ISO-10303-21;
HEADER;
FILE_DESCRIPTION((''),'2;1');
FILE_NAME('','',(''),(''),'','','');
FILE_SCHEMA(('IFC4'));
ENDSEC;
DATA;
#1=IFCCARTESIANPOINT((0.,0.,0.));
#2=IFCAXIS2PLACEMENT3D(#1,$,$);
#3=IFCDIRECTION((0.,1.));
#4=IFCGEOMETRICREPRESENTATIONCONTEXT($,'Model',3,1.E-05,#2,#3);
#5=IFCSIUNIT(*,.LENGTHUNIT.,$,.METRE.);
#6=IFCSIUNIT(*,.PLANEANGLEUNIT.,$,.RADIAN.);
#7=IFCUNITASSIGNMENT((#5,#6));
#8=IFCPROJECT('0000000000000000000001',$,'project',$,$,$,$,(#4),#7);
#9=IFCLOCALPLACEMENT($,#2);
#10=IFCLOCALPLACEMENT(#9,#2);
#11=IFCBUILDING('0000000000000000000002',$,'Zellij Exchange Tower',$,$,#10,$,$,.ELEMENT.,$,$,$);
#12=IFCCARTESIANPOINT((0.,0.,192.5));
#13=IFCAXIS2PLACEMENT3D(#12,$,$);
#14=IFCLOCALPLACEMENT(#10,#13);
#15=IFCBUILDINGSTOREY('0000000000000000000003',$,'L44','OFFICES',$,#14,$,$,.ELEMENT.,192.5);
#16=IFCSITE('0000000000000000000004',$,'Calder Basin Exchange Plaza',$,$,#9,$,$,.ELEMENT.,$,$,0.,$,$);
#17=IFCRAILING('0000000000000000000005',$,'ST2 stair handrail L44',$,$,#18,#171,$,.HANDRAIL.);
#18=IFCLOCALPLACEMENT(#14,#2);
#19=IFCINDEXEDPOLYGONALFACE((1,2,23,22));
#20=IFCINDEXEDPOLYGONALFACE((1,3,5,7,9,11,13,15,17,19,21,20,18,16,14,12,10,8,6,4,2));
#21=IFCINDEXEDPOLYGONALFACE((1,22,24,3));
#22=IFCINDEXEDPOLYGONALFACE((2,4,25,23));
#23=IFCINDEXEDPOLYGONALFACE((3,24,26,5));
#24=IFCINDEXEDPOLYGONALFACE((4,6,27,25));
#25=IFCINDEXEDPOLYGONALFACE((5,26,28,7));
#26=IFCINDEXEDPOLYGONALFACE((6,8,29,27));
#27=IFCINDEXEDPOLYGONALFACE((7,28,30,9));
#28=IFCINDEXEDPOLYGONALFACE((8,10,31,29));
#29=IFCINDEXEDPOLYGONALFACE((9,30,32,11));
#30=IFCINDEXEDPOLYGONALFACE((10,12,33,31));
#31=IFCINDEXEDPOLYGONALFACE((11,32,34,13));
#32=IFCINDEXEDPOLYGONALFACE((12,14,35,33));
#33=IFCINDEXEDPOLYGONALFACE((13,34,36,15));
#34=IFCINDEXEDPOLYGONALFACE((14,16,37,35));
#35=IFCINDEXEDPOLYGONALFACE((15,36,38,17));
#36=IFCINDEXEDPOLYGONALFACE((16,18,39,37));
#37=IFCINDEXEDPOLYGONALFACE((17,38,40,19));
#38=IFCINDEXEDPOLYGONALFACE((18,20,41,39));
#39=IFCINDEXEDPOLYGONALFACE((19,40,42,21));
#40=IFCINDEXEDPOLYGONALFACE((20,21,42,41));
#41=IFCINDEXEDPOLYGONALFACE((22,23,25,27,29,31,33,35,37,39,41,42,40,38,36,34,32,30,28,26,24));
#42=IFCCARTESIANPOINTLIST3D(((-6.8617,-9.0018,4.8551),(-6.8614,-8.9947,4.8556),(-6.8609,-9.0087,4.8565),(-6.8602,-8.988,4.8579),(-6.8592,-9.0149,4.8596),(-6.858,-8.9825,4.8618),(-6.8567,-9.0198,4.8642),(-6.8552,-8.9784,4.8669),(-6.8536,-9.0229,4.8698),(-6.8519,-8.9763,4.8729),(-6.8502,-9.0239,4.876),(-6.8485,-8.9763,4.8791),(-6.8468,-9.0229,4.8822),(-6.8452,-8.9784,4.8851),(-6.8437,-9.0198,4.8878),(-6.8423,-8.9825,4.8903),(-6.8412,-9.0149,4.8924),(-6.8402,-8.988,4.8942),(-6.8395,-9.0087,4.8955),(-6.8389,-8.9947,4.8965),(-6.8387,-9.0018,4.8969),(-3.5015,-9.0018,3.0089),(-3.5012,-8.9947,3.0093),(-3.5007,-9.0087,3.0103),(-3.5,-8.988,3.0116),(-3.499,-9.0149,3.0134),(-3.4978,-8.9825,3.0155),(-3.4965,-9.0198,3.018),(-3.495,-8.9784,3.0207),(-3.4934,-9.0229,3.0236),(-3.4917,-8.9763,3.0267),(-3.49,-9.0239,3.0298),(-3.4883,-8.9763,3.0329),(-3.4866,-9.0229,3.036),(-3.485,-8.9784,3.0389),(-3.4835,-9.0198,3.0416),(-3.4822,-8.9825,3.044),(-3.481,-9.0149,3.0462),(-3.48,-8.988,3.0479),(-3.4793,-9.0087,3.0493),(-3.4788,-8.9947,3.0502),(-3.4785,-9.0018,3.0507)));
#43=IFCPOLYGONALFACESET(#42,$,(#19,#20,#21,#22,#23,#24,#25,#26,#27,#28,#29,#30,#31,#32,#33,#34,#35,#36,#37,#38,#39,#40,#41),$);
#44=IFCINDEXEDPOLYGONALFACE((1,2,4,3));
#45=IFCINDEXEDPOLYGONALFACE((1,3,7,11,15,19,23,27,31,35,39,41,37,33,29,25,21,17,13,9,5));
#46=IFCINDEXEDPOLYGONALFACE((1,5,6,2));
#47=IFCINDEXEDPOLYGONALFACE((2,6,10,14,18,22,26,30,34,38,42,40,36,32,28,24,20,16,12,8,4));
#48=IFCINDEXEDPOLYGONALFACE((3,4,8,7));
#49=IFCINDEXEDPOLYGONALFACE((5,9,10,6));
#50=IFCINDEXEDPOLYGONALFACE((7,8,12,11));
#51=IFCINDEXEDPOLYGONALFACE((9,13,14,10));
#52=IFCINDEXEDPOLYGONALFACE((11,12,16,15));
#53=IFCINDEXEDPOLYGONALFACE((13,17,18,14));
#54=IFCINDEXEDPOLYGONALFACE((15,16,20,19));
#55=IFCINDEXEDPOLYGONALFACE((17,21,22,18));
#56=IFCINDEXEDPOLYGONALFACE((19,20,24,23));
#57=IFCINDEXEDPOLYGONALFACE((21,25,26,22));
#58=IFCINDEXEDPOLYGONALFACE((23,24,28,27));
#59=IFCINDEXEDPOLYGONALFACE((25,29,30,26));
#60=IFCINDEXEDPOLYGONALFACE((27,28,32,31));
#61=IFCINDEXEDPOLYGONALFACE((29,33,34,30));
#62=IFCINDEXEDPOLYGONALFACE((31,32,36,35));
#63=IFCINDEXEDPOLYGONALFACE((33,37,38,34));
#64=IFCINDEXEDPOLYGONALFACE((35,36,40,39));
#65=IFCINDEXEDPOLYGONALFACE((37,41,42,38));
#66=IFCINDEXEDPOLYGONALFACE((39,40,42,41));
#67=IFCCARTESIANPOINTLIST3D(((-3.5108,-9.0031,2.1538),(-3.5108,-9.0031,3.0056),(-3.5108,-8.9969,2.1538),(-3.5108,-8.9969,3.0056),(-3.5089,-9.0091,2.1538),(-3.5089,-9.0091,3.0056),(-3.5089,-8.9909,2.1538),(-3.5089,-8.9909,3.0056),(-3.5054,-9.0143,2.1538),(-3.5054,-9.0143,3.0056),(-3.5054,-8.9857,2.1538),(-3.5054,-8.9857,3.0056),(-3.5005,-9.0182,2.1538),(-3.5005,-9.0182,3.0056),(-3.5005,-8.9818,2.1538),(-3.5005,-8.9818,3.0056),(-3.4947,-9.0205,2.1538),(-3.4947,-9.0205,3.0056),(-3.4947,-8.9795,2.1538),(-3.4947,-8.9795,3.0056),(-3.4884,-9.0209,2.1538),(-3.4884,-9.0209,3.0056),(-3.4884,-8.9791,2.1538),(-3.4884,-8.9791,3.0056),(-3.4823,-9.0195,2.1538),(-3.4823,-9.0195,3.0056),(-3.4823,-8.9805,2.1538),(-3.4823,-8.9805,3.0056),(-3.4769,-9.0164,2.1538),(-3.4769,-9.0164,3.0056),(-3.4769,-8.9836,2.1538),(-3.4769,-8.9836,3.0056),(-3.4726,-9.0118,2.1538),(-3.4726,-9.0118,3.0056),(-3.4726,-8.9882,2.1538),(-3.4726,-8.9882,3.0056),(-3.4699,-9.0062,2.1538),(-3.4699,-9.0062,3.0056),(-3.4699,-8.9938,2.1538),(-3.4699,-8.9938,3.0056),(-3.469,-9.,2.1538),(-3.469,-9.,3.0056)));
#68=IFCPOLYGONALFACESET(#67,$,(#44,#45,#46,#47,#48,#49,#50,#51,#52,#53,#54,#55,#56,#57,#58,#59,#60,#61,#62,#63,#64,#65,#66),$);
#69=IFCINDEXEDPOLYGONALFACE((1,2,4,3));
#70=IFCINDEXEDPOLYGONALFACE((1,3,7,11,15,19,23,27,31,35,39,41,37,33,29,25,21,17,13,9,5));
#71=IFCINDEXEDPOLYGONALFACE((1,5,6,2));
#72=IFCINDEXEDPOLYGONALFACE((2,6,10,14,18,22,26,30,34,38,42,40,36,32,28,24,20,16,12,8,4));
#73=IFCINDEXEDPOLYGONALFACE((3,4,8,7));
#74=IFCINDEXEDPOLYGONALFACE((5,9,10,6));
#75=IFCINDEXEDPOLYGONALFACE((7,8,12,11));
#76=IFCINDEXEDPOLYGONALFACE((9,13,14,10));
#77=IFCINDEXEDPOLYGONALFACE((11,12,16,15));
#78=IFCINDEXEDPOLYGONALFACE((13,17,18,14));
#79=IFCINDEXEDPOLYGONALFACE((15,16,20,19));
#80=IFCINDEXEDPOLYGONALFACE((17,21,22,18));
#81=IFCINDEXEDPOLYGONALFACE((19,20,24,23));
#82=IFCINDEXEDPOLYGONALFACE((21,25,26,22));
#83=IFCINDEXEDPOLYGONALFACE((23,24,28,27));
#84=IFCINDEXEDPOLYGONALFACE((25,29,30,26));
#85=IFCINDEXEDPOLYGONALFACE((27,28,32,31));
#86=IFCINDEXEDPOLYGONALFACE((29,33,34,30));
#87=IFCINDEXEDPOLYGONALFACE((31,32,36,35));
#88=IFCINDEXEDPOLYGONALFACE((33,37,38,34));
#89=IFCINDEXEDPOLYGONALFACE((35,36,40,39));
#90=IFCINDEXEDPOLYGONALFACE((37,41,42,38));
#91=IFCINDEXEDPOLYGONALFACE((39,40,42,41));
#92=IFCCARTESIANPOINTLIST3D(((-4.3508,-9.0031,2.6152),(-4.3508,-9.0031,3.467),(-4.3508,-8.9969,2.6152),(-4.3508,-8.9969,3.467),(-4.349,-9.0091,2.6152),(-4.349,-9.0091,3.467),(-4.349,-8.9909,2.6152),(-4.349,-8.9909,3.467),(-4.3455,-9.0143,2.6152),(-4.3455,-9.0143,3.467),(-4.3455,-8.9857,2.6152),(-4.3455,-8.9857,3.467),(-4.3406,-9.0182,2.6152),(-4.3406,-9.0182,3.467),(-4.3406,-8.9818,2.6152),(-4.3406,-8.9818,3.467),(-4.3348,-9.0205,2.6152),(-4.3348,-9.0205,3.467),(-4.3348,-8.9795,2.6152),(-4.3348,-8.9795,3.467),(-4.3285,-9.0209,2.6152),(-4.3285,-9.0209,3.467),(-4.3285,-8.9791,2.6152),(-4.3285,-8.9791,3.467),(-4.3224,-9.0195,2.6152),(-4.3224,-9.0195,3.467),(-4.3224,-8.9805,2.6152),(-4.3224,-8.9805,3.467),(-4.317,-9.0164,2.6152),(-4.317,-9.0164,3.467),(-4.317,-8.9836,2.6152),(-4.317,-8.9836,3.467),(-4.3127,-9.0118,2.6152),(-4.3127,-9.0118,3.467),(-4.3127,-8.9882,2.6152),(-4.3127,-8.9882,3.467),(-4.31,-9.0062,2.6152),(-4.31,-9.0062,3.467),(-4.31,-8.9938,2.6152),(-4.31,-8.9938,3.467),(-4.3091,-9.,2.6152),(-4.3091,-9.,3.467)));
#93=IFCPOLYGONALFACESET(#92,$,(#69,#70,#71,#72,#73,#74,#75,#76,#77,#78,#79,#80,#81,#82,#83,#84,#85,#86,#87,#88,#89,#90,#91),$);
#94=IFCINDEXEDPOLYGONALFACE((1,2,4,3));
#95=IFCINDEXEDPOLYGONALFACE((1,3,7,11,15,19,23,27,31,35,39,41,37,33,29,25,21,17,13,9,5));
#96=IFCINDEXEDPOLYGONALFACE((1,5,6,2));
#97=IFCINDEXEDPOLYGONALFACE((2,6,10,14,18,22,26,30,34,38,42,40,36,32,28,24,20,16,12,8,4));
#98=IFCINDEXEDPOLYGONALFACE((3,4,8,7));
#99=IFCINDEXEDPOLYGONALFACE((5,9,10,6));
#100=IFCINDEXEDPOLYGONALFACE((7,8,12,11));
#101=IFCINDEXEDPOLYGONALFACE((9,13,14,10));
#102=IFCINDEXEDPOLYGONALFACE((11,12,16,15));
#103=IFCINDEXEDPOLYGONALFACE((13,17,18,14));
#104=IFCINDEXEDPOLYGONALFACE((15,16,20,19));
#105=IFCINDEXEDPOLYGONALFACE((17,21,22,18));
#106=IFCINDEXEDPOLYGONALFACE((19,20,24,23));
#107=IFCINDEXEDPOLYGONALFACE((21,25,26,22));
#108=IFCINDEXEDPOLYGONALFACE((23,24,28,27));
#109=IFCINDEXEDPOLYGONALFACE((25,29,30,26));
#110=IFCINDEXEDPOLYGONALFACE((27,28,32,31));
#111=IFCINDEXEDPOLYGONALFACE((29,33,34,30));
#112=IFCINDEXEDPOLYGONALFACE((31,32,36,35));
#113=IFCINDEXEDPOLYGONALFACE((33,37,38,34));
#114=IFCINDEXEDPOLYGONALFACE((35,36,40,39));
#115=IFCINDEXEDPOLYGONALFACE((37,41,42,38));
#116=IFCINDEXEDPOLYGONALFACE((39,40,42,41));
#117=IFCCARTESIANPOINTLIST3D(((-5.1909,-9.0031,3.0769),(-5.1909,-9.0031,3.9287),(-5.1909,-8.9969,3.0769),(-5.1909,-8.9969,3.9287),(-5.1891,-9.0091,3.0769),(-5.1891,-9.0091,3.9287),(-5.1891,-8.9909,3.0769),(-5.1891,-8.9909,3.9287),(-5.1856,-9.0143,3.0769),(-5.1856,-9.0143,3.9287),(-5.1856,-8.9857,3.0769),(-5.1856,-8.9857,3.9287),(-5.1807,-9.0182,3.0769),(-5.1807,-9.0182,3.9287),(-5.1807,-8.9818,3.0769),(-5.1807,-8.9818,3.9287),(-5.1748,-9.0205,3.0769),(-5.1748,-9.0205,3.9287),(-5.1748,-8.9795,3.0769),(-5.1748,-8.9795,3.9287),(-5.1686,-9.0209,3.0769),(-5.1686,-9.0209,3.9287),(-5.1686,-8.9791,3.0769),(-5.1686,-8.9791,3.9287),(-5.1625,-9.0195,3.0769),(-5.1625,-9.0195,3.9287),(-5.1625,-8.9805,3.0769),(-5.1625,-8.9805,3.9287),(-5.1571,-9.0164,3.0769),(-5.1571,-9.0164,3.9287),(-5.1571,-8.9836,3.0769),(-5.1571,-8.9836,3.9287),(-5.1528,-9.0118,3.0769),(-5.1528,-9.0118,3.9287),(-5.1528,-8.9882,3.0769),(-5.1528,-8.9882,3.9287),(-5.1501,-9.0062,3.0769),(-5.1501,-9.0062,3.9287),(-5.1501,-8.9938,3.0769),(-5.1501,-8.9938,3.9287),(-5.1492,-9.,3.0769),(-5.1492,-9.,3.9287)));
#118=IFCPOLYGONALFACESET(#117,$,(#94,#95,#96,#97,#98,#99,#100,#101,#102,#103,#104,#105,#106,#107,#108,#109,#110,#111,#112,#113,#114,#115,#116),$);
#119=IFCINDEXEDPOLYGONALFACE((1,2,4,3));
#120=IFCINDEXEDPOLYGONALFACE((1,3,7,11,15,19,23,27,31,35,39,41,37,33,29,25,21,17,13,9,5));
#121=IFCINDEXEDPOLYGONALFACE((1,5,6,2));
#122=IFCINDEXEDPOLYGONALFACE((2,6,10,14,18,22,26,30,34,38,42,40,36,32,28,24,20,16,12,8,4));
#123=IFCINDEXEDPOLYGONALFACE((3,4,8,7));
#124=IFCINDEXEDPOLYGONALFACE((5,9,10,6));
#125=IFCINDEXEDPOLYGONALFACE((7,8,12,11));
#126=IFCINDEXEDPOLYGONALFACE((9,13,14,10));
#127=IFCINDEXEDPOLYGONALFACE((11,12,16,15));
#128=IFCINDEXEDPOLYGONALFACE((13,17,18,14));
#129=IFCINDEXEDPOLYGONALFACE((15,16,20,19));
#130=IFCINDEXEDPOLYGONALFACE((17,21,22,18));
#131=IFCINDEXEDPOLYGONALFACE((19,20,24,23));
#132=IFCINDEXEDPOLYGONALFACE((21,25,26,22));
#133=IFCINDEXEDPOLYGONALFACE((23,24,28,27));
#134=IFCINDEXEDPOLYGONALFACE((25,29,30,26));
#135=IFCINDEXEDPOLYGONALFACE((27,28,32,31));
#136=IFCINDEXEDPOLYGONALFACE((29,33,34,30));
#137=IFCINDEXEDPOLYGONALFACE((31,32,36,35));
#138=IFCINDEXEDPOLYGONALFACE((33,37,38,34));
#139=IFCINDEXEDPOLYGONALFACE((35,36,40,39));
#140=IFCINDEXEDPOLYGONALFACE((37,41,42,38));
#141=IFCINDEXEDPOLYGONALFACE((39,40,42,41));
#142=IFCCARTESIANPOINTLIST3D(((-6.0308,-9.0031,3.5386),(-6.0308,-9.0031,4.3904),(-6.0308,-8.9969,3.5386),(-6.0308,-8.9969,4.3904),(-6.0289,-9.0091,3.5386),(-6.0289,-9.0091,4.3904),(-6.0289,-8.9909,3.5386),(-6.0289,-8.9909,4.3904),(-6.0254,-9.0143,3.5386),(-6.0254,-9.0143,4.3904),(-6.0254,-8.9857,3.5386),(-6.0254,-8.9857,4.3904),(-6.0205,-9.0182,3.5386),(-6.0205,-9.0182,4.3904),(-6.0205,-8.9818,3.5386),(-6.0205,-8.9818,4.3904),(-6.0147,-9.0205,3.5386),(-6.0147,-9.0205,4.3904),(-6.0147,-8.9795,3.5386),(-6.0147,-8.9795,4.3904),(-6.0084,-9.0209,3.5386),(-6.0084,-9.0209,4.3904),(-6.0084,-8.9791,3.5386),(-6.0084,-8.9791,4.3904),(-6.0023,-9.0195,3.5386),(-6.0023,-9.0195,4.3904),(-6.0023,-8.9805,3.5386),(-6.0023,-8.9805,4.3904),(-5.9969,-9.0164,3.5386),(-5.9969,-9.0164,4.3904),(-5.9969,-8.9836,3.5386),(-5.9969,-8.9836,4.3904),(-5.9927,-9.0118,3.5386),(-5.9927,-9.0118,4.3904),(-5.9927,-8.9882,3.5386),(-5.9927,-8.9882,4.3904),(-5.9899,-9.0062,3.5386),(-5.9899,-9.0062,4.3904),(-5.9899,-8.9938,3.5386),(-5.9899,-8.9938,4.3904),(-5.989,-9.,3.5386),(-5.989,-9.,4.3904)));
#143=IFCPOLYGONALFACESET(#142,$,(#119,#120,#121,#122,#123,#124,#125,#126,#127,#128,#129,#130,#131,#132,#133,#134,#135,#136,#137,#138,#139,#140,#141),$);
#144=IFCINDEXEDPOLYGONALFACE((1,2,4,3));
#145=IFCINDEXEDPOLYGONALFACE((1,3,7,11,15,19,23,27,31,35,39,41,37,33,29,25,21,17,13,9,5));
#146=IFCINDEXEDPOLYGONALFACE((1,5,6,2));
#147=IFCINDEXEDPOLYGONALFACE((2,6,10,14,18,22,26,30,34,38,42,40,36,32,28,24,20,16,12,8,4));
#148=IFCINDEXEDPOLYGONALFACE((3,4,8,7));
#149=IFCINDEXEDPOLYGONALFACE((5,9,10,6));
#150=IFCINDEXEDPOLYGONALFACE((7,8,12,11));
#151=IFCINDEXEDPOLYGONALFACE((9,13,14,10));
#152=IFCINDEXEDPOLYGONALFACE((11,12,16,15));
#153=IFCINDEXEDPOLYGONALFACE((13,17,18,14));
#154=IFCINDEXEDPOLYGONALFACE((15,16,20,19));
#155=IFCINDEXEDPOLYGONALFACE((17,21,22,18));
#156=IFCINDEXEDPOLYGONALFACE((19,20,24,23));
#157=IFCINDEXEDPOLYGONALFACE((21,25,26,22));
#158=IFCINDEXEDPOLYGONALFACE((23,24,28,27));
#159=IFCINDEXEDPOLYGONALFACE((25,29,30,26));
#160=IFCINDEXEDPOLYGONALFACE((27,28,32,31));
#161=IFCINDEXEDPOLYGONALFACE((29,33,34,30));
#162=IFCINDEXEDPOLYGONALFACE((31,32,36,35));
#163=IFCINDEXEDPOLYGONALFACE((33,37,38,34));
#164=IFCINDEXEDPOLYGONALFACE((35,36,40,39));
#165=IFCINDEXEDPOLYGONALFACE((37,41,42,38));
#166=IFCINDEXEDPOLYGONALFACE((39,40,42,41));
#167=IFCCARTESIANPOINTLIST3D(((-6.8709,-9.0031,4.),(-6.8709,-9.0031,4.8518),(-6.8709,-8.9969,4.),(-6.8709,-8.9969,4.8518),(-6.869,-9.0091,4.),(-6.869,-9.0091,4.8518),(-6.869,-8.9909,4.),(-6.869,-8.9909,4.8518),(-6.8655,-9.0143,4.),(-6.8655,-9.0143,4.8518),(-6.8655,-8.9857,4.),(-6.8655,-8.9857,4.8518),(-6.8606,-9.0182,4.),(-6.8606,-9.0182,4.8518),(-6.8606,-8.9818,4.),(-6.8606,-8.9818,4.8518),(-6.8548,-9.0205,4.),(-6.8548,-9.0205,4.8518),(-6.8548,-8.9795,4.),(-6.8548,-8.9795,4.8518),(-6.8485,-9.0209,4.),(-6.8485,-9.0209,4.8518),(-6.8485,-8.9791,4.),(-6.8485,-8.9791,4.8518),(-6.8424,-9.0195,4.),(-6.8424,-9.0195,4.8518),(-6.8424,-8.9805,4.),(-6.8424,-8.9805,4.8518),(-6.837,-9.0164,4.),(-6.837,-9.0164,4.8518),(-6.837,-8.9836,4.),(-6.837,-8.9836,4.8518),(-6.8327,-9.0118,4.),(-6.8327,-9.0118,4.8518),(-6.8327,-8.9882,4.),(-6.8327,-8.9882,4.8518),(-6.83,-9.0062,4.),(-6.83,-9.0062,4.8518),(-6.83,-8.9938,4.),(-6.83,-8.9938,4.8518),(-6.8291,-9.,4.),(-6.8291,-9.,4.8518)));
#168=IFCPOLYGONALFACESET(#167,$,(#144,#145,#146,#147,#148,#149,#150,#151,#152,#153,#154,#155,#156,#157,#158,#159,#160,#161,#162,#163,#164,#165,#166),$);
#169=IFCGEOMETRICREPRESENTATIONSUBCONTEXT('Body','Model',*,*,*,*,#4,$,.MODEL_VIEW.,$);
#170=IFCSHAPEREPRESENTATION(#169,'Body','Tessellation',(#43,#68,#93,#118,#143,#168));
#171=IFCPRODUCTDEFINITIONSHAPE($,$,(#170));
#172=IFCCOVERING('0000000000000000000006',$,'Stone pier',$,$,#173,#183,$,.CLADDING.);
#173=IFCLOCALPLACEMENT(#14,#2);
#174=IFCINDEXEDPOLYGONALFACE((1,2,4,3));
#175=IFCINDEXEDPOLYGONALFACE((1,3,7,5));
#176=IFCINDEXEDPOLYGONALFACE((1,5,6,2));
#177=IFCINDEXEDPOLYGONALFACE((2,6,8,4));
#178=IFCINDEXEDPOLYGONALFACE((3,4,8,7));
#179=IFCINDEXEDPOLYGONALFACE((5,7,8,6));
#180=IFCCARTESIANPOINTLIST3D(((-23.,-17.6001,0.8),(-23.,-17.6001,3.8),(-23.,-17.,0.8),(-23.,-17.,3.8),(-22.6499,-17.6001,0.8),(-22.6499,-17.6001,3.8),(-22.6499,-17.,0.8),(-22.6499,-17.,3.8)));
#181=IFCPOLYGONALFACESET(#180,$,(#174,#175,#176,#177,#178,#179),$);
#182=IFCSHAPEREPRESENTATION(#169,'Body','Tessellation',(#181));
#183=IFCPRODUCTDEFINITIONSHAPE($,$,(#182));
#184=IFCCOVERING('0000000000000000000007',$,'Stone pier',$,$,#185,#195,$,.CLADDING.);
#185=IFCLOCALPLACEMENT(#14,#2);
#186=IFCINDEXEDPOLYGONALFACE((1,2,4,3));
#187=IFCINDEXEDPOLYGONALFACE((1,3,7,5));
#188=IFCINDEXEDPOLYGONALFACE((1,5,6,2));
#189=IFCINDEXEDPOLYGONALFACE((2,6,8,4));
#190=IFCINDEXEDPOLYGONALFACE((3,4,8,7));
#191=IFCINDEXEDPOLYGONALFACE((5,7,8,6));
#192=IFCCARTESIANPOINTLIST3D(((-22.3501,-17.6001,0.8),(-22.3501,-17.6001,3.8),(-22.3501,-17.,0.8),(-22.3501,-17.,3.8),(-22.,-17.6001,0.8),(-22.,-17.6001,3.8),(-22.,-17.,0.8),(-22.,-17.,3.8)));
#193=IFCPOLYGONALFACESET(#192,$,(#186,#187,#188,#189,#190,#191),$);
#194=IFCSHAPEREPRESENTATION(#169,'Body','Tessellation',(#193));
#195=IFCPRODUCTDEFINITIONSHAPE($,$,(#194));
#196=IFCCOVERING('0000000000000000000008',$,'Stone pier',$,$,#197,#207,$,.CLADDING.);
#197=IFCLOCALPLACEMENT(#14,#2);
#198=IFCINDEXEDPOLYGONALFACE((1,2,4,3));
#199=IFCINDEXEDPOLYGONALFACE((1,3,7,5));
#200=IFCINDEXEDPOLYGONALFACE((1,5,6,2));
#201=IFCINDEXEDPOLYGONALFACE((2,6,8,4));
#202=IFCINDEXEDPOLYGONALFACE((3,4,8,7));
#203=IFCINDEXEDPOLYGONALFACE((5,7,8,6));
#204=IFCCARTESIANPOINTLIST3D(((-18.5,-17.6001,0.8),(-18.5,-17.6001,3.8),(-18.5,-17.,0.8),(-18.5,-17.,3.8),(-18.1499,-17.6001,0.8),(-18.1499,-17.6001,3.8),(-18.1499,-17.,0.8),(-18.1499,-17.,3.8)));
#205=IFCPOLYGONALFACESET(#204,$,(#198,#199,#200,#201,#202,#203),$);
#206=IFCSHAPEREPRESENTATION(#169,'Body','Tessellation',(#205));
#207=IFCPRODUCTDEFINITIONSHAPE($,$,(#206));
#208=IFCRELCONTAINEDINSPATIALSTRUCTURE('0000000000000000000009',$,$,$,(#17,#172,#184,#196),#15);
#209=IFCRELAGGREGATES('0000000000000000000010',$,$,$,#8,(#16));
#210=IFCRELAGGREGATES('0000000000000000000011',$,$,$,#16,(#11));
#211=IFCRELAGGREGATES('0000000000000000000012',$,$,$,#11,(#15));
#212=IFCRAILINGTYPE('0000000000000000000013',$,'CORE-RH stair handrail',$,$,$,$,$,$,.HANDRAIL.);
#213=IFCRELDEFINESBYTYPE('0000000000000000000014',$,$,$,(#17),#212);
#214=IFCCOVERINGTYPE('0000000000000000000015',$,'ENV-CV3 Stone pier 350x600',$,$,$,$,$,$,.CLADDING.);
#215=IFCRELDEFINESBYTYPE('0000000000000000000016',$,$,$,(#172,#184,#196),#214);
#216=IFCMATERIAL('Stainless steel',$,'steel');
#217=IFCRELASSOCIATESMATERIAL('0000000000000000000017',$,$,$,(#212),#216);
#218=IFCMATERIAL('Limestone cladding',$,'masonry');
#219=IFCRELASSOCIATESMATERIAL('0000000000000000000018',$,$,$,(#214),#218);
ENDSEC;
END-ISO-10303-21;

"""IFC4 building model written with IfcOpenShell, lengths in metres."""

from ifc_helpers import new_model, si_unit, direction, frame, origin, origin_2d, place, context, subcontext, project, spatial, polyline, circle, outline, extrude, material, type_object, element, save


model = new_model("IFC4")

# Units and contexts
model_context = context("Model", 3, precision=1e-05, world=origin(), true_north=direction((0.0, 1.0)))
body_context = subcontext(model_context, "Body", "Model", "MODEL_VIEW")
ifc_project = project(units=[si_unit("LENGTHUNIT", "METRE"), si_unit("PLANEANGLEUNIT", "RADIAN")], contexts=[model_context])

# Site, building, storey
site_placement = place(None, origin())
site = spatial("IfcSite", under=ifc_project, at=site_placement, Name="Calder Basin Exchange Plaza", CompositionType="ELEMENT", RefElevation=0.0)
building_placement = place(site_placement, origin())
building = spatial("IfcBuilding", under=site, at=building_placement, Name="Zellij Exchange Tower", CompositionType="ELEMENT")
storey_placement = place(building_placement, frame((0.0, 0.0, 192.5)))
storey = spatial("IfcBuildingStorey", under=building, at=storey_placement, Name="L44", Description="OFFICES", CompositionType="ELEMENT", Elevation=192.5)

# Railing
ifc_material_1 = material(Name="Stainless steel", Category="steel")
railing_type = type_object("IfcRailingType", Name="CORE-RH stair handrail", PredefinedType="HANDRAIL", material=ifc_material_1)
railing_placement = place(storey_placement, frame((-3.49, -9.0, 2.1538)))
element("IfcRailing", 1, at=railing_placement, inside=storey, type_object=railing_type, Name="ST2 stair handrail L44", PredefinedType="HANDRAIL", context=body_context, shape_type="SweptSolid", body=[
    extrude(circle(Radius=0.0239, at=origin_2d()), frame((0.0, 0.0, 0.876), z_axis=(-0.876422, 0.0, 0.481545), x_axis=(0.0, -1.0, 0.0)), (0.0, 0.0, 1.0), 3.834),
    extrude(circle(Radius=0.021, at=origin_2d()), origin(), (0.0, 0.0, 1.0), 0.8518),
    extrude(circle(Radius=0.021, at=origin_2d()), frame((-0.8401, 0.0, 0.4614)), (0.0, 0.0, 1.0), 0.8518),
    extrude(circle(Radius=0.021, at=origin_2d()), frame((-1.6802, 0.0, 0.9231)), (0.0, 0.0, 1.0), 0.8518),
    extrude(circle(Radius=0.021, at=origin_2d()), frame((-2.52, 0.0, 1.3848)), (0.0, 0.0, 1.0), 0.8518),
    extrude(circle(Radius=0.021, at=origin_2d()), frame((-3.3601, 0.0, 1.8462)), (0.0, 0.0, 1.0), 0.8518),
])

# Coverings
ifc_material_2 = material(Name="Limestone cladding", Category="masonry")
covering_type = type_object("IfcCoveringType", Name="ENV-CV3 Stone pier 350x600", PredefinedType="CLADDING", material=ifc_material_2)
covering_1_placement = place(storey_placement, frame((0.0, 0.0, 0.8)))
element("IfcCovering", 2, at=covering_1_placement, inside=storey, type_object=covering_type, Name="Stone pier", PredefinedType="CLADDING", context=body_context, shape_type="SweptSolid", body=[
    extrude(outline(polyline([(-23.0, -17.0), (-22.6499, -17.0), (-22.6499, -17.6001), (-23.0, -17.6001), (-23.0, -17.0)])), origin(), (0.0, 0.0, 1.0), 3.0),
])
covering_2_placement = place(storey_placement, frame((0.0, 0.0, 0.8)))
element("IfcCovering", 3, at=covering_2_placement, inside=storey, type_object=covering_type, Name="Stone pier", PredefinedType="CLADDING", context=body_context, shape_type="SweptSolid", body=[
    extrude(outline(polyline([(-22.3501, -17.0), (-22.0, -17.0), (-22.0, -17.6001), (-22.3501, -17.6001), (-22.3501, -17.0)])), origin(), (0.0, 0.0, 1.0), 3.0),
])
covering_3_placement = place(storey_placement, frame((0.0, 0.0, 0.8)))
element("IfcCovering", 4, at=covering_3_placement, inside=storey, type_object=covering_type, Name="Stone pier", PredefinedType="CLADDING", context=body_context, shape_type="SweptSolid", body=[
    extrude(outline(polyline([(-18.5, -17.0), (-18.1499, -17.0), (-18.1499, -17.6001), (-18.5, -17.6001), (-18.5, -17.0)])), origin(), (0.0, 0.0, 1.0), 3.0),
])

save(model, "model.ifc")
